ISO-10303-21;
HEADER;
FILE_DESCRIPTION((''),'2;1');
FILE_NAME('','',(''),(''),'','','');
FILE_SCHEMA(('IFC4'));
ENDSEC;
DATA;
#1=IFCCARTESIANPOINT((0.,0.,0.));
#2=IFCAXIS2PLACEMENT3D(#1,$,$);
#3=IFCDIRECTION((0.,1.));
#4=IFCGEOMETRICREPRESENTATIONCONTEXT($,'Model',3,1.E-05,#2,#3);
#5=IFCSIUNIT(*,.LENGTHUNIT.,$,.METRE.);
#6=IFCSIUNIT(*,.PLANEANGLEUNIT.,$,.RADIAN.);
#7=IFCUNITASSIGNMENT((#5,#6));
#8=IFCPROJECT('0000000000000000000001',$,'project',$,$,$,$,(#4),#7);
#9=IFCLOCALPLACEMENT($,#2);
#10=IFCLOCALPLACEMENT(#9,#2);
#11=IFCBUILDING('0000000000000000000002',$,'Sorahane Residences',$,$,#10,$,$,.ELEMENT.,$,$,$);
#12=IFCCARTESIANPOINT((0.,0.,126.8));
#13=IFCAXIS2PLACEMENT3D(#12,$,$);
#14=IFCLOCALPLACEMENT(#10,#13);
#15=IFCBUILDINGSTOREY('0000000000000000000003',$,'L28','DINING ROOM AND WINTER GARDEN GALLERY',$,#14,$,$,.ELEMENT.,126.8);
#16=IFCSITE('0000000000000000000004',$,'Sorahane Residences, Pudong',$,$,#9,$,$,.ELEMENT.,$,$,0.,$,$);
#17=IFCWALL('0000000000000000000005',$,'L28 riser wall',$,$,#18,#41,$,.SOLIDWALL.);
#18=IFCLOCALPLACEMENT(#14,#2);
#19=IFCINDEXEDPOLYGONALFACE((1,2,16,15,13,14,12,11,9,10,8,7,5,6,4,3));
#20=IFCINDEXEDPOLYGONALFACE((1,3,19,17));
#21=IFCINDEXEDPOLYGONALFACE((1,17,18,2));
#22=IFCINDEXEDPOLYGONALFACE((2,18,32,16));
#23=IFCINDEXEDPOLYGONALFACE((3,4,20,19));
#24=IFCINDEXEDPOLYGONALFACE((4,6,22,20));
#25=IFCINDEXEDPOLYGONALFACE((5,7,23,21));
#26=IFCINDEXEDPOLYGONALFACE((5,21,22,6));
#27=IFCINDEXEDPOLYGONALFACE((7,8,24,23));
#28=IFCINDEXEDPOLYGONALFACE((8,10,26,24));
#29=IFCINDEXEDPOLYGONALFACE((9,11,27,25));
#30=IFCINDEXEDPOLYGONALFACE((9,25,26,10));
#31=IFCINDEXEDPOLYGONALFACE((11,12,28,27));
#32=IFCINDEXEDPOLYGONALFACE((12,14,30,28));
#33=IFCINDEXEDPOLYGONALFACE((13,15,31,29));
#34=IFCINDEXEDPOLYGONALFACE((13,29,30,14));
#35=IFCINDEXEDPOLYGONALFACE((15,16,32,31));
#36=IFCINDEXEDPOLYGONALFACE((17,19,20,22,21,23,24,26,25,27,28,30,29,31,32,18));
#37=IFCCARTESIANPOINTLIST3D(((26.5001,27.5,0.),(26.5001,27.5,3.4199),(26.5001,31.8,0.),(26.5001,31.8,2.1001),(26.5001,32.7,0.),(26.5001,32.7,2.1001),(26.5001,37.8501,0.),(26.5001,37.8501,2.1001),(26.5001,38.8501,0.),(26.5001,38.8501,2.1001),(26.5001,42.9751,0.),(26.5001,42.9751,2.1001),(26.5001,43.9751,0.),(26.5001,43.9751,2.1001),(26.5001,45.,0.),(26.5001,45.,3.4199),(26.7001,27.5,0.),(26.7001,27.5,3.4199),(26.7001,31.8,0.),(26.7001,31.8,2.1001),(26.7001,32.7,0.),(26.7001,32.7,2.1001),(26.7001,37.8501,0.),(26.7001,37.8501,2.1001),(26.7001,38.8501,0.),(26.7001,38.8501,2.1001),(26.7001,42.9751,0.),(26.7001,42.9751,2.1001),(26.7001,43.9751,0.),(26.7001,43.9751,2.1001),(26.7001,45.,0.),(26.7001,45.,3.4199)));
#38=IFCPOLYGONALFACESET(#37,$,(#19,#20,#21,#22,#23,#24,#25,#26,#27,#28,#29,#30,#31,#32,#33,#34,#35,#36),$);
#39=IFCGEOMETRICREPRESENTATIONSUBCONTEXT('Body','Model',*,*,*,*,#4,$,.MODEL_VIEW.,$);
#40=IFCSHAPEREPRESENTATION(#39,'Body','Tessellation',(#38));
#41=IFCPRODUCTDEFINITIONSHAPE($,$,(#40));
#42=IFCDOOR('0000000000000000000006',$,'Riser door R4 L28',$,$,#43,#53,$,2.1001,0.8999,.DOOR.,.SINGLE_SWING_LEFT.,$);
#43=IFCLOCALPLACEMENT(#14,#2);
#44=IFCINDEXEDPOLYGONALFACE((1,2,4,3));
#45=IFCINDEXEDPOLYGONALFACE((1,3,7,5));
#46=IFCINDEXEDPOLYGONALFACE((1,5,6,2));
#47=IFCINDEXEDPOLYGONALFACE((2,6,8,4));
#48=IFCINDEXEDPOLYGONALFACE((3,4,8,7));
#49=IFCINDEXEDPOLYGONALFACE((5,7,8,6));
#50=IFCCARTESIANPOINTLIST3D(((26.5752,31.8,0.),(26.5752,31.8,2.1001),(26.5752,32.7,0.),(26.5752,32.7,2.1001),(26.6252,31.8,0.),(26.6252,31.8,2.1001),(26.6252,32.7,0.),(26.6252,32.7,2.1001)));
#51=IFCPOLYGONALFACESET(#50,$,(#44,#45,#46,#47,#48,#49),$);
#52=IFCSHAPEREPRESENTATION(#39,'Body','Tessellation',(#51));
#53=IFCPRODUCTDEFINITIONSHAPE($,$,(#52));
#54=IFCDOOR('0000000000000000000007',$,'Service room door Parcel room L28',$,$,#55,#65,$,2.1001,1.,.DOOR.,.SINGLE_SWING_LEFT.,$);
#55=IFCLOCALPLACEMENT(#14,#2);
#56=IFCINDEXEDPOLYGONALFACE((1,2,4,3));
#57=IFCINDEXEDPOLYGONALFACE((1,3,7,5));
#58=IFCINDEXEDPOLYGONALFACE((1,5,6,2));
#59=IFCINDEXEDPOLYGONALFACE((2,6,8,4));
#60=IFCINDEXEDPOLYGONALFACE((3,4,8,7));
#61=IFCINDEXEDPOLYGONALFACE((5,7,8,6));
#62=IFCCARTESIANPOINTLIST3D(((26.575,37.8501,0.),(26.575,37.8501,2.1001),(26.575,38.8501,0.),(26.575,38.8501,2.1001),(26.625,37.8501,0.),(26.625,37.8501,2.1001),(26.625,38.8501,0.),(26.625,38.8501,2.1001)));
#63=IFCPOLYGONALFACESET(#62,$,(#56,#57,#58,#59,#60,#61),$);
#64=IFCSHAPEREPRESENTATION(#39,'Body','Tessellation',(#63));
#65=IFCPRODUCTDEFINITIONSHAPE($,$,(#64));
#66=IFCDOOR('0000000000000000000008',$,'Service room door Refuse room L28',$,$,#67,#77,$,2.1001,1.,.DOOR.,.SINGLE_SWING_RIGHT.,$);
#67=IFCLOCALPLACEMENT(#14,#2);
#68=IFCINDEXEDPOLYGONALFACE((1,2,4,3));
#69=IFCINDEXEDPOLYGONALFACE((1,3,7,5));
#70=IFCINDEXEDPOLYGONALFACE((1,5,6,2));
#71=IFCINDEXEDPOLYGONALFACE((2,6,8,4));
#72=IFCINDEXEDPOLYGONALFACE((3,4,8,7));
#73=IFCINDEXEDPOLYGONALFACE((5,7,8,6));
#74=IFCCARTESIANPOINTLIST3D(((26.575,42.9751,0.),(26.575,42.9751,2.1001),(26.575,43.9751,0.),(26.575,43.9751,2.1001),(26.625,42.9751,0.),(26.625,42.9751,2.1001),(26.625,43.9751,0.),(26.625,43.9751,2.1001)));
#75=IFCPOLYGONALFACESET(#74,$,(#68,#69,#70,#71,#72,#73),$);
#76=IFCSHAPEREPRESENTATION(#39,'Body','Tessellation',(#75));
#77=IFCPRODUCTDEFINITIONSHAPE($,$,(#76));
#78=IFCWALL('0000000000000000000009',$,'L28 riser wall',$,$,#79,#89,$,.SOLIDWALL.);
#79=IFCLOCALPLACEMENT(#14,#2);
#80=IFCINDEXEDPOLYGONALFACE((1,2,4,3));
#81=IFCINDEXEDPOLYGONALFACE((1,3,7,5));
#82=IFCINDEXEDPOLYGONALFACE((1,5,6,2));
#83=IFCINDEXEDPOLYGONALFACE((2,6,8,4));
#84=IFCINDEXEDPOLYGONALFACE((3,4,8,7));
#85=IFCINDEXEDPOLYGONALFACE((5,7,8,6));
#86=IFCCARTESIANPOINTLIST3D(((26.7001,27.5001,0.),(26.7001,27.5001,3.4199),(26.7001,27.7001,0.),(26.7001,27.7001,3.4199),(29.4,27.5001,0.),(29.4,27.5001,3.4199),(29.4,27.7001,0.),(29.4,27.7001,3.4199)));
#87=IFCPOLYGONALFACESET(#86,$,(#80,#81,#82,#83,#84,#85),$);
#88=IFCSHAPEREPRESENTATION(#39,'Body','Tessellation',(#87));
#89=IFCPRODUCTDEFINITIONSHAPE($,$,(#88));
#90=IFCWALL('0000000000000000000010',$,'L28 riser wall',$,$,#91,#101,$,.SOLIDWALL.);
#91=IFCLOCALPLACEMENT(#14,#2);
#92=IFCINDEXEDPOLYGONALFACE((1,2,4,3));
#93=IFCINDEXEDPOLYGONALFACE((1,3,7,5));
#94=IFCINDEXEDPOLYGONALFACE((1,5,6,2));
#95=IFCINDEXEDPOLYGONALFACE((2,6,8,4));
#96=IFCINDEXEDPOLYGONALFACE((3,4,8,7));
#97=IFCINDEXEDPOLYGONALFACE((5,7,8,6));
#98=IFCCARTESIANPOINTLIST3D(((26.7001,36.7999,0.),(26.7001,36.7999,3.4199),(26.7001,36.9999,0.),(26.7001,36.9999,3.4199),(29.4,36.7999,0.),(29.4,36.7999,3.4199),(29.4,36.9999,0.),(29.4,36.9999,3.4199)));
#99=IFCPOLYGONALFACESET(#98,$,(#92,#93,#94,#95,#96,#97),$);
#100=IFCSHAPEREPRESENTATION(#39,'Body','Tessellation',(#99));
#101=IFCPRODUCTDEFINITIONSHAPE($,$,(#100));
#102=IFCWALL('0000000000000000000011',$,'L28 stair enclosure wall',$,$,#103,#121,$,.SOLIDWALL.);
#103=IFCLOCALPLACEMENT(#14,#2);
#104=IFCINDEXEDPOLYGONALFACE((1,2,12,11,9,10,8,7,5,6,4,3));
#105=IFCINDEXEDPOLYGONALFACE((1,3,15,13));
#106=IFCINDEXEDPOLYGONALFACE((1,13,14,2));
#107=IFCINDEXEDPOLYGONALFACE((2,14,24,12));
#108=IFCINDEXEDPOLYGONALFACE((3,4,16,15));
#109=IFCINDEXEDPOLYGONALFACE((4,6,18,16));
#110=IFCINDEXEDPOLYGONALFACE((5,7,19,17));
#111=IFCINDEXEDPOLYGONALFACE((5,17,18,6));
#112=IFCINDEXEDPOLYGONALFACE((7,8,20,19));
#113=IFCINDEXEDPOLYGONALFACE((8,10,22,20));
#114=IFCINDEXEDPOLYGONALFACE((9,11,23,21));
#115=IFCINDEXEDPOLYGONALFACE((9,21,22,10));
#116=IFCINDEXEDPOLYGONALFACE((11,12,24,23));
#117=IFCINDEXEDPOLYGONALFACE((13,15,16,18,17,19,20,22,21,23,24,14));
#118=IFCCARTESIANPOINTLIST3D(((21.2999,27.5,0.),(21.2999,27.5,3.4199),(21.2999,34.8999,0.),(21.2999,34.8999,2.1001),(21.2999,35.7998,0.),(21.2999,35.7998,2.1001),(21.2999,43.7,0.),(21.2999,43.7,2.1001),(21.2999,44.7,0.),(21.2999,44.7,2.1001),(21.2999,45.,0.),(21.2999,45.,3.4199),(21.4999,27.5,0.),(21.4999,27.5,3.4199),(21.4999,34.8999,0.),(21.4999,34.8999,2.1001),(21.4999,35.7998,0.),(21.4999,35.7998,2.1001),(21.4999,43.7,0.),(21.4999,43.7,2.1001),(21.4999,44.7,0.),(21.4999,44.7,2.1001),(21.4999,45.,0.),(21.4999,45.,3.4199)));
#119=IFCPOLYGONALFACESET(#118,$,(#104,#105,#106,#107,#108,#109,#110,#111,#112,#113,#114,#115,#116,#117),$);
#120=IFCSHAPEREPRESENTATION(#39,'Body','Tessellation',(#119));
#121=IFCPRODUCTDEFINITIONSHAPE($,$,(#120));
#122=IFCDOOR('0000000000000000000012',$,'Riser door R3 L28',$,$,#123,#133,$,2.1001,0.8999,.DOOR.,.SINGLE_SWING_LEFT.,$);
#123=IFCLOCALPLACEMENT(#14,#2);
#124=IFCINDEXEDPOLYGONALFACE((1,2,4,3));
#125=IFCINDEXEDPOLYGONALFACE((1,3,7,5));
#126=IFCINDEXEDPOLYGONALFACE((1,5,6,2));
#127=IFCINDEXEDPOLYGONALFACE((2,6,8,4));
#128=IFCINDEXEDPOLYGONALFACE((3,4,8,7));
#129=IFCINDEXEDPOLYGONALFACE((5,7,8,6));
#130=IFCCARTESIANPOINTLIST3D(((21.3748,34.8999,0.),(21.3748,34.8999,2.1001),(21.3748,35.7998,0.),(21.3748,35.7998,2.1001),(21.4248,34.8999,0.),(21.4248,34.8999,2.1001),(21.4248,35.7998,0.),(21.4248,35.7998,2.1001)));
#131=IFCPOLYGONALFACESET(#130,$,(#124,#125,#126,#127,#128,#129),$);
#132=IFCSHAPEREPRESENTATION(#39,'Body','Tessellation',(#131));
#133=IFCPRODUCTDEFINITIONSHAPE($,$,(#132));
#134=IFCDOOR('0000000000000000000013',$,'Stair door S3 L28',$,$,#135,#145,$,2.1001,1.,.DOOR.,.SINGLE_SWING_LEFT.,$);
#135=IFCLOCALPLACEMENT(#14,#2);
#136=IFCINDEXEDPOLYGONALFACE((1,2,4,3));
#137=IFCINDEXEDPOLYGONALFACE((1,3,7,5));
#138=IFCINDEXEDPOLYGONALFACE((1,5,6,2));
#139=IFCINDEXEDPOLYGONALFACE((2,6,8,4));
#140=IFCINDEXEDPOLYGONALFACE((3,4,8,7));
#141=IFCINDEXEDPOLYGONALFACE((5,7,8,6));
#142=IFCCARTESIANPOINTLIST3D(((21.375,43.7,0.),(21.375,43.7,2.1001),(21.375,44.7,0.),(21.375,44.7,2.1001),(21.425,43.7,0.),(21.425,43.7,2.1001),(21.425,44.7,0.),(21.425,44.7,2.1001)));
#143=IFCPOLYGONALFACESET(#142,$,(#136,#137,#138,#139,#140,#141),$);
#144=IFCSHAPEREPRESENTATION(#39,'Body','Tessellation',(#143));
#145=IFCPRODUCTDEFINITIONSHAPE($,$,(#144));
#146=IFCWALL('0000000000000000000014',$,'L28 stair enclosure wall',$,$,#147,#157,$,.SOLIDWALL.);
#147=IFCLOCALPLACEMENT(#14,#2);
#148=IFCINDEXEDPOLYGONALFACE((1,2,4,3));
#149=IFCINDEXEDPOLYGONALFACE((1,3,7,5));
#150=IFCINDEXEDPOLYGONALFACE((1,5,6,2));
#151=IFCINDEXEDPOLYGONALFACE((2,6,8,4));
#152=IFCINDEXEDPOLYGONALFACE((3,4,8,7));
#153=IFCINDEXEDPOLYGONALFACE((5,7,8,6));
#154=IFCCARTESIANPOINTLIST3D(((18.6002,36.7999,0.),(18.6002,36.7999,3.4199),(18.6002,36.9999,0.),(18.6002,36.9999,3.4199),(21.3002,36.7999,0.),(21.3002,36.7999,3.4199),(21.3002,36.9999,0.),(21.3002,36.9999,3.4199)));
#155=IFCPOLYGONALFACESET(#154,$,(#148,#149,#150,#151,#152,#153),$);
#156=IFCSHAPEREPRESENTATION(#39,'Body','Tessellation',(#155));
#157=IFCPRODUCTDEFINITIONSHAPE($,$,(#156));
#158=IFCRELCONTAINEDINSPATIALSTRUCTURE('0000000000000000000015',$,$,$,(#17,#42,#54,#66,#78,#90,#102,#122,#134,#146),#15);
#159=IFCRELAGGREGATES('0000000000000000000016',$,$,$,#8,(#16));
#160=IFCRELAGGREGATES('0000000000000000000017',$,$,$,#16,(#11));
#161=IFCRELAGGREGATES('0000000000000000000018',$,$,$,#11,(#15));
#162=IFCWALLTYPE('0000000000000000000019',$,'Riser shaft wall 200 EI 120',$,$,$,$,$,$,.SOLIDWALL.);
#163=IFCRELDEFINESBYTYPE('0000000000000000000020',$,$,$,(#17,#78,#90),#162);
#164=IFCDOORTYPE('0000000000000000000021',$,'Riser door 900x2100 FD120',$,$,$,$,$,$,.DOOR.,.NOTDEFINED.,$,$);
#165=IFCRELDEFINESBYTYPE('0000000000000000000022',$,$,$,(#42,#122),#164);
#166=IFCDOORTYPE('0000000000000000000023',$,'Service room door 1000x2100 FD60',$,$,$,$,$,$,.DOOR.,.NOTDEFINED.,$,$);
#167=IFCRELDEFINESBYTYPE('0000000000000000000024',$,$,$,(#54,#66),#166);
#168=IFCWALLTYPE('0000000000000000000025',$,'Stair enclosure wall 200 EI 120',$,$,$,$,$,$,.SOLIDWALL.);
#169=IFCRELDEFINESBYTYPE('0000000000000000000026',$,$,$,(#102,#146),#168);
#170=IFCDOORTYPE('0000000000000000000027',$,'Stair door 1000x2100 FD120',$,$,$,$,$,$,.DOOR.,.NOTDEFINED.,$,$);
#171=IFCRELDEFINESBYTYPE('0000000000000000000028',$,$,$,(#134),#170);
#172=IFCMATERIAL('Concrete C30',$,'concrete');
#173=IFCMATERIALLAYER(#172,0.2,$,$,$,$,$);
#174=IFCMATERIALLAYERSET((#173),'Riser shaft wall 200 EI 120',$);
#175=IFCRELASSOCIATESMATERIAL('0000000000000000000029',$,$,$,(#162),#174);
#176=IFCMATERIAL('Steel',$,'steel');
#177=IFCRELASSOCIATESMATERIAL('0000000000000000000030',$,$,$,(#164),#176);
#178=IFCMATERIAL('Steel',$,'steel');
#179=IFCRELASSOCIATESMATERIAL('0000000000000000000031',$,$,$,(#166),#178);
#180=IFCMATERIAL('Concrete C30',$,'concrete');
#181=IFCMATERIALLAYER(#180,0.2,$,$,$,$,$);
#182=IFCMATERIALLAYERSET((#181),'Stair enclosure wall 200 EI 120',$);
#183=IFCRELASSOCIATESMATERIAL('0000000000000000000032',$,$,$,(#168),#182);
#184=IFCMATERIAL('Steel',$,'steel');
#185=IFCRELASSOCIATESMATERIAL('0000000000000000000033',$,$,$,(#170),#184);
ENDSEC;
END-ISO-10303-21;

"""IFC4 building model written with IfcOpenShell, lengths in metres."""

from ifc_helpers import new_model, si_unit, direction, frame, frame_2d, origin, place, context, subcontext, project, spatial, rectangle, extrude, material, layer, layer_set, type_object, element, fill, save


model = new_model("IFC4")

# Units and contexts
model_context = context("Model", 3, precision=1e-05, world=origin(), true_north=direction((0.0, 1.0)))
body_context = subcontext(model_context, "Body", "Model", "MODEL_VIEW")
ifc_project = project(units=[si_unit("LENGTHUNIT", "METRE"), si_unit("PLANEANGLEUNIT", "RADIAN")], contexts=[model_context])

# Site, building, storey
site_placement = place(None, origin())
site = spatial("IfcSite", under=ifc_project, at=site_placement, Name="Sorahane Residences, Pudong", CompositionType="ELEMENT", RefElevation=0.0)
building_placement = place(site_placement, origin())
building = spatial("IfcBuilding", under=site, at=building_placement, Name="Sorahane Residences", CompositionType="ELEMENT")
storey_placement = place(building_placement, frame((0.0, 0.0, 126.8)))
storey = spatial("IfcBuildingStorey", under=building, at=storey_placement, Name="L28", Description="DINING ROOM AND WINTER GARDEN GALLERY", CompositionType="ELEMENT", Elevation=126.8)

# Wall, openings, doors
ifc_material_1 = material(Name="Concrete C30", Category="concrete")
ifc_layer_1 = layer(ifc_material_1, 0.2)
ifc_layer_set_1 = layer_set([ifc_layer_1], Name="Riser shaft wall 200 EI 120")
wall_type_1 = type_object("IfcWallType", Name="Riser shaft wall 200 EI 120", PredefinedType="SOLIDWALL", material=ifc_layer_set_1)
wall_1_placement = place(storey_placement, frame((26.6001, 27.5, 0.0), z_axis=(0.0, 0.0, 1.0), x_axis=(0.0, 1.0, 0.0)))
wall_1 = element("IfcWall", 1, at=wall_1_placement, inside=storey, type_object=wall_type_1, Name="L28 riser wall", PredefinedType="SOLIDWALL", context=body_context, shape_type="SweptSolid", body=[
    extrude(rectangle(XDim=17.5, YDim=0.2, at=frame_2d((8.75, 0.0))), origin(), (0.0, 0.0, 1.0), 3.4199),
])
opening_1_placement = place(wall_1_placement, frame((4.3, 0.0, 0.0)))
opening_1 = element("IfcOpeningElement", 2, at=opening_1_placement, cuts=wall_1, PredefinedType="OPENING", context=body_context, shape_type="SweptSolid", body=[
    extrude(rectangle(XDim=0.8999, YDim=2.1001, at=frame_2d((0.45, 1.05))), frame((0.0, 0.1099, 0.0), z_axis=(0.0, -1.0, 0.0), x_axis=(1.0, 0.0, 0.0)), (0.0, 0.0, 1.0), 0.22),
])
opening_2_placement = place(wall_1_placement, frame((10.3501, 0.0, 0.0)))
opening_2 = element("IfcOpeningElement", 3, at=opening_2_placement, cuts=wall_1, PredefinedType="OPENING", context=body_context, shape_type="SweptSolid", body=[
    extrude(rectangle(XDim=1.0, YDim=2.1001, at=frame_2d((0.5, 1.05))), frame((0.0, 0.1099, 0.0), z_axis=(0.0, -1.0, 0.0), x_axis=(1.0, 0.0, 0.0)), (0.0, 0.0, 1.0), 0.22),
])
opening_3_placement = place(wall_1_placement, frame((15.4751, 0.0, 0.0)))
opening_3 = element("IfcOpeningElement", 4, at=opening_3_placement, cuts=wall_1, PredefinedType="OPENING", context=body_context, shape_type="SweptSolid", body=[
    extrude(rectangle(XDim=1.0, YDim=2.1001, at=frame_2d((0.5, 1.05))), frame((0.0, 0.1099, 0.0), z_axis=(0.0, -1.0, 0.0), x_axis=(1.0, 0.0, 0.0)), (0.0, 0.0, 1.0), 0.22),
])
ifc_material_2 = material(Name="Steel", Category="steel")
door_type_1 = type_object("IfcDoorType", Name="Riser door 900x2100 FD120", OperationType="NOTDEFINED", PredefinedType="DOOR", material=ifc_material_2)
door_1_placement = place(opening_1_placement, origin())
door_1 = element("IfcDoor", 5, at=door_1_placement, inside=storey, type_object=door_type_1, Name="Riser door R4 L28", OperationType="SINGLE_SWING_LEFT", OverallHeight=2.1001, OverallWidth=0.8999, PredefinedType="DOOR", context=body_context, shape_type="SweptSolid", body=[
    extrude(rectangle(XDim=0.8999, YDim=2.1001, at=frame_2d((0.45, 1.05))), frame((0.0, 0.0249, 0.0), z_axis=(0.0, -1.0, 0.0), x_axis=(1.0, 0.0, 0.0)), (0.0, 0.0, 1.0), 0.05),
])
fill(opening_1, door_1)
ifc_material_3 = material(Name="Steel", Category="steel")
door_type_2 = type_object("IfcDoorType", Name="Service room door 1000x2100 FD60", OperationType="NOTDEFINED", PredefinedType="DOOR", material=ifc_material_3)
door_2_placement = place(opening_2_placement, frame((1.0, 0.0, 0.0), z_axis=(0.0, 0.0, 1.0), x_axis=(-1.0, 0.0, 0.0)))
door_2 = element("IfcDoor", 6, at=door_2_placement, inside=storey, type_object=door_type_2, Name="Service room door Parcel room L28", OperationType="SINGLE_SWING_LEFT", OverallHeight=2.1001, OverallWidth=1.0, PredefinedType="DOOR", context=body_context, shape_type="SweptSolid", body=[
    extrude(rectangle(XDim=1.0, YDim=2.1001, at=frame_2d((0.5, 1.05))), frame((0.0, 0.0249, 0.0), z_axis=(0.0, -1.0, 0.0), x_axis=(1.0, 0.0, 0.0)), (0.0, 0.0, 1.0), 0.05),
])
fill(opening_2, door_2)
door_3_placement = place(opening_3_placement, frame((1.0, 0.0, 0.0), z_axis=(0.0, 0.0, 1.0), x_axis=(-1.0, 0.0, 0.0)))
door_3 = element("IfcDoor", 7, at=door_3_placement, inside=storey, type_object=door_type_2, Name="Service room door Refuse room L28", OperationType="SINGLE_SWING_RIGHT", OverallHeight=2.1001, OverallWidth=1.0, PredefinedType="DOOR", context=body_context, shape_type="SweptSolid", body=[
    extrude(rectangle(XDim=1.0, YDim=2.1001, at=frame_2d((0.5, 1.05))), frame((0.0, 0.0249, 0.0), z_axis=(0.0, -1.0, 0.0), x_axis=(1.0, 0.0, 0.0)), (0.0, 0.0, 1.0), 0.05),
])
fill(opening_3, door_3)

# Walls
for number, where, z_axis, x_axis, name in (
    (8, (26.7, 27.6001, 0.0), (0.0, 0.0, 1.0), (1.0, 0.0, 0.0), "L28 riser wall"),
    (9, (26.7, 36.8999, 0.0), (0.0, 0.0, 1.0), (1.0, 0.0, 0.0), "L28 riser wall"),
):
    element("IfcWall", number, at=place(storey_placement, frame(where, z_axis=z_axis, x_axis=x_axis)), inside=storey, type_object=wall_type_1, Name=name, PredefinedType="SOLIDWALL", context=body_context, shape_type="SweptSolid", body=[
        extrude(rectangle(XDim=2.7, YDim=0.2, at=frame_2d((1.3501, 0.0))), origin(), (0.0, 0.0, 1.0), 3.4199),
    ])

# Wall, openings, doors
ifc_material_4 = material(Name="Concrete C30", Category="concrete")
ifc_layer_2 = layer(ifc_material_4, 0.2)
ifc_layer_set_2 = layer_set([ifc_layer_2], Name="Stair enclosure wall 200 EI 120")
wall_type_2 = type_object("IfcWallType", Name="Stair enclosure wall 200 EI 120", PredefinedType="SOLIDWALL", material=ifc_layer_set_2)
wall_2_placement = place(storey_placement, frame((21.3999, 27.5, 0.0), z_axis=(0.0, 0.0, 1.0), x_axis=(0.0, 1.0, 0.0)))
wall_2 = element("IfcWall", 10, at=wall_2_placement, inside=storey, type_object=wall_type_2, Name="L28 stair enclosure wall", PredefinedType="SOLIDWALL", context=body_context, shape_type="SweptSolid", body=[
    extrude(rectangle(XDim=17.5, YDim=0.2, at=frame_2d((8.75, 0.0))), origin(), (0.0, 0.0, 1.0), 3.4199),
])
opening_4_placement = place(wall_2_placement, frame((16.2, 0.0, 0.0)))
opening_4 = element("IfcOpeningElement", 11, at=opening_4_placement, cuts=wall_2, PredefinedType="OPENING", context=body_context, shape_type="SweptSolid", body=[
    extrude(rectangle(XDim=1.0, YDim=2.1001, at=frame_2d((0.5, 1.05))), frame((0.0, 0.1099, 0.0), z_axis=(0.0, -1.0, 0.0), x_axis=(1.0, 0.0, 0.0)), (0.0, 0.0, 1.0), 0.22),
])
opening_5_placement = place(wall_2_placement, frame((7.3999, 0.0, 0.0)))
opening_5 = element("IfcOpeningElement", 12, at=opening_5_placement, cuts=wall_2, PredefinedType="OPENING", context=body_context, shape_type="SweptSolid", body=[
    extrude(rectangle(XDim=0.8999, YDim=2.1001, at=frame_2d((0.45, 1.05))), frame((0.0, 0.1099, 0.0), z_axis=(0.0, -1.0, 0.0), x_axis=(1.0, 0.0, 0.0)), (0.0, 0.0, 1.0), 0.22),
])
door_4_placement = place(opening_5_placement, frame((0.8999, 0.0, 0.0), z_axis=(0.0, 0.0, 1.0), x_axis=(-1.0, 0.0, 0.0)))
door_4 = element("IfcDoor", 13, at=door_4_placement, inside=storey, type_object=door_type_1, Name="Riser door R3 L28", OperationType="SINGLE_SWING_LEFT", OverallHeight=2.1001, OverallWidth=0.8999, PredefinedType="DOOR", context=body_context, shape_type="SweptSolid", body=[
    extrude(rectangle(XDim=0.8999, YDim=2.1001, at=frame_2d((0.45, 1.05))), frame((0.0, 0.0249, 0.0), z_axis=(0.0, -1.0, 0.0), x_axis=(1.0, 0.0, 0.0)), (0.0, 0.0, 1.0), 0.05),
])
fill(opening_5, door_4)
ifc_material_5 = material(Name="Steel", Category="steel")
door_type_3 = type_object("IfcDoorType", Name="Stair door 1000x2100 FD120", OperationType="NOTDEFINED", PredefinedType="DOOR", material=ifc_material_5)
door_5_placement = place(opening_4_placement, origin())
door_5 = element("IfcDoor", 14, at=door_5_placement, inside=storey, type_object=door_type_3, Name="Stair door S3 L28", OperationType="SINGLE_SWING_LEFT", OverallHeight=2.1001, OverallWidth=1.0, PredefinedType="DOOR", context=body_context, shape_type="SweptSolid", body=[
    extrude(rectangle(XDim=1.0, YDim=2.1001, at=frame_2d((0.5, 1.05))), frame((0.0, 0.0249, 0.0), z_axis=(0.0, -1.0, 0.0), x_axis=(1.0, 0.0, 0.0)), (0.0, 0.0, 1.0), 0.05),
])
fill(opening_4, door_5)

# Wall
wall_3_placement = place(storey_placement, frame((18.6001, 36.8999, 0.0), z_axis=(0.0, 0.0, 1.0), x_axis=(1.0, 0.0, 0.0)))
element("IfcWall", 15, at=wall_3_placement, inside=storey, type_object=wall_type_2, Name="L28 stair enclosure wall", PredefinedType="SOLIDWALL", context=body_context, shape_type="SweptSolid", body=[
    extrude(rectangle(XDim=2.7, YDim=0.2, at=frame_2d((1.3501, 0.0))), origin(), (0.0, 0.0, 1.0), 3.4199),
])

save(model, "model.ifc")
